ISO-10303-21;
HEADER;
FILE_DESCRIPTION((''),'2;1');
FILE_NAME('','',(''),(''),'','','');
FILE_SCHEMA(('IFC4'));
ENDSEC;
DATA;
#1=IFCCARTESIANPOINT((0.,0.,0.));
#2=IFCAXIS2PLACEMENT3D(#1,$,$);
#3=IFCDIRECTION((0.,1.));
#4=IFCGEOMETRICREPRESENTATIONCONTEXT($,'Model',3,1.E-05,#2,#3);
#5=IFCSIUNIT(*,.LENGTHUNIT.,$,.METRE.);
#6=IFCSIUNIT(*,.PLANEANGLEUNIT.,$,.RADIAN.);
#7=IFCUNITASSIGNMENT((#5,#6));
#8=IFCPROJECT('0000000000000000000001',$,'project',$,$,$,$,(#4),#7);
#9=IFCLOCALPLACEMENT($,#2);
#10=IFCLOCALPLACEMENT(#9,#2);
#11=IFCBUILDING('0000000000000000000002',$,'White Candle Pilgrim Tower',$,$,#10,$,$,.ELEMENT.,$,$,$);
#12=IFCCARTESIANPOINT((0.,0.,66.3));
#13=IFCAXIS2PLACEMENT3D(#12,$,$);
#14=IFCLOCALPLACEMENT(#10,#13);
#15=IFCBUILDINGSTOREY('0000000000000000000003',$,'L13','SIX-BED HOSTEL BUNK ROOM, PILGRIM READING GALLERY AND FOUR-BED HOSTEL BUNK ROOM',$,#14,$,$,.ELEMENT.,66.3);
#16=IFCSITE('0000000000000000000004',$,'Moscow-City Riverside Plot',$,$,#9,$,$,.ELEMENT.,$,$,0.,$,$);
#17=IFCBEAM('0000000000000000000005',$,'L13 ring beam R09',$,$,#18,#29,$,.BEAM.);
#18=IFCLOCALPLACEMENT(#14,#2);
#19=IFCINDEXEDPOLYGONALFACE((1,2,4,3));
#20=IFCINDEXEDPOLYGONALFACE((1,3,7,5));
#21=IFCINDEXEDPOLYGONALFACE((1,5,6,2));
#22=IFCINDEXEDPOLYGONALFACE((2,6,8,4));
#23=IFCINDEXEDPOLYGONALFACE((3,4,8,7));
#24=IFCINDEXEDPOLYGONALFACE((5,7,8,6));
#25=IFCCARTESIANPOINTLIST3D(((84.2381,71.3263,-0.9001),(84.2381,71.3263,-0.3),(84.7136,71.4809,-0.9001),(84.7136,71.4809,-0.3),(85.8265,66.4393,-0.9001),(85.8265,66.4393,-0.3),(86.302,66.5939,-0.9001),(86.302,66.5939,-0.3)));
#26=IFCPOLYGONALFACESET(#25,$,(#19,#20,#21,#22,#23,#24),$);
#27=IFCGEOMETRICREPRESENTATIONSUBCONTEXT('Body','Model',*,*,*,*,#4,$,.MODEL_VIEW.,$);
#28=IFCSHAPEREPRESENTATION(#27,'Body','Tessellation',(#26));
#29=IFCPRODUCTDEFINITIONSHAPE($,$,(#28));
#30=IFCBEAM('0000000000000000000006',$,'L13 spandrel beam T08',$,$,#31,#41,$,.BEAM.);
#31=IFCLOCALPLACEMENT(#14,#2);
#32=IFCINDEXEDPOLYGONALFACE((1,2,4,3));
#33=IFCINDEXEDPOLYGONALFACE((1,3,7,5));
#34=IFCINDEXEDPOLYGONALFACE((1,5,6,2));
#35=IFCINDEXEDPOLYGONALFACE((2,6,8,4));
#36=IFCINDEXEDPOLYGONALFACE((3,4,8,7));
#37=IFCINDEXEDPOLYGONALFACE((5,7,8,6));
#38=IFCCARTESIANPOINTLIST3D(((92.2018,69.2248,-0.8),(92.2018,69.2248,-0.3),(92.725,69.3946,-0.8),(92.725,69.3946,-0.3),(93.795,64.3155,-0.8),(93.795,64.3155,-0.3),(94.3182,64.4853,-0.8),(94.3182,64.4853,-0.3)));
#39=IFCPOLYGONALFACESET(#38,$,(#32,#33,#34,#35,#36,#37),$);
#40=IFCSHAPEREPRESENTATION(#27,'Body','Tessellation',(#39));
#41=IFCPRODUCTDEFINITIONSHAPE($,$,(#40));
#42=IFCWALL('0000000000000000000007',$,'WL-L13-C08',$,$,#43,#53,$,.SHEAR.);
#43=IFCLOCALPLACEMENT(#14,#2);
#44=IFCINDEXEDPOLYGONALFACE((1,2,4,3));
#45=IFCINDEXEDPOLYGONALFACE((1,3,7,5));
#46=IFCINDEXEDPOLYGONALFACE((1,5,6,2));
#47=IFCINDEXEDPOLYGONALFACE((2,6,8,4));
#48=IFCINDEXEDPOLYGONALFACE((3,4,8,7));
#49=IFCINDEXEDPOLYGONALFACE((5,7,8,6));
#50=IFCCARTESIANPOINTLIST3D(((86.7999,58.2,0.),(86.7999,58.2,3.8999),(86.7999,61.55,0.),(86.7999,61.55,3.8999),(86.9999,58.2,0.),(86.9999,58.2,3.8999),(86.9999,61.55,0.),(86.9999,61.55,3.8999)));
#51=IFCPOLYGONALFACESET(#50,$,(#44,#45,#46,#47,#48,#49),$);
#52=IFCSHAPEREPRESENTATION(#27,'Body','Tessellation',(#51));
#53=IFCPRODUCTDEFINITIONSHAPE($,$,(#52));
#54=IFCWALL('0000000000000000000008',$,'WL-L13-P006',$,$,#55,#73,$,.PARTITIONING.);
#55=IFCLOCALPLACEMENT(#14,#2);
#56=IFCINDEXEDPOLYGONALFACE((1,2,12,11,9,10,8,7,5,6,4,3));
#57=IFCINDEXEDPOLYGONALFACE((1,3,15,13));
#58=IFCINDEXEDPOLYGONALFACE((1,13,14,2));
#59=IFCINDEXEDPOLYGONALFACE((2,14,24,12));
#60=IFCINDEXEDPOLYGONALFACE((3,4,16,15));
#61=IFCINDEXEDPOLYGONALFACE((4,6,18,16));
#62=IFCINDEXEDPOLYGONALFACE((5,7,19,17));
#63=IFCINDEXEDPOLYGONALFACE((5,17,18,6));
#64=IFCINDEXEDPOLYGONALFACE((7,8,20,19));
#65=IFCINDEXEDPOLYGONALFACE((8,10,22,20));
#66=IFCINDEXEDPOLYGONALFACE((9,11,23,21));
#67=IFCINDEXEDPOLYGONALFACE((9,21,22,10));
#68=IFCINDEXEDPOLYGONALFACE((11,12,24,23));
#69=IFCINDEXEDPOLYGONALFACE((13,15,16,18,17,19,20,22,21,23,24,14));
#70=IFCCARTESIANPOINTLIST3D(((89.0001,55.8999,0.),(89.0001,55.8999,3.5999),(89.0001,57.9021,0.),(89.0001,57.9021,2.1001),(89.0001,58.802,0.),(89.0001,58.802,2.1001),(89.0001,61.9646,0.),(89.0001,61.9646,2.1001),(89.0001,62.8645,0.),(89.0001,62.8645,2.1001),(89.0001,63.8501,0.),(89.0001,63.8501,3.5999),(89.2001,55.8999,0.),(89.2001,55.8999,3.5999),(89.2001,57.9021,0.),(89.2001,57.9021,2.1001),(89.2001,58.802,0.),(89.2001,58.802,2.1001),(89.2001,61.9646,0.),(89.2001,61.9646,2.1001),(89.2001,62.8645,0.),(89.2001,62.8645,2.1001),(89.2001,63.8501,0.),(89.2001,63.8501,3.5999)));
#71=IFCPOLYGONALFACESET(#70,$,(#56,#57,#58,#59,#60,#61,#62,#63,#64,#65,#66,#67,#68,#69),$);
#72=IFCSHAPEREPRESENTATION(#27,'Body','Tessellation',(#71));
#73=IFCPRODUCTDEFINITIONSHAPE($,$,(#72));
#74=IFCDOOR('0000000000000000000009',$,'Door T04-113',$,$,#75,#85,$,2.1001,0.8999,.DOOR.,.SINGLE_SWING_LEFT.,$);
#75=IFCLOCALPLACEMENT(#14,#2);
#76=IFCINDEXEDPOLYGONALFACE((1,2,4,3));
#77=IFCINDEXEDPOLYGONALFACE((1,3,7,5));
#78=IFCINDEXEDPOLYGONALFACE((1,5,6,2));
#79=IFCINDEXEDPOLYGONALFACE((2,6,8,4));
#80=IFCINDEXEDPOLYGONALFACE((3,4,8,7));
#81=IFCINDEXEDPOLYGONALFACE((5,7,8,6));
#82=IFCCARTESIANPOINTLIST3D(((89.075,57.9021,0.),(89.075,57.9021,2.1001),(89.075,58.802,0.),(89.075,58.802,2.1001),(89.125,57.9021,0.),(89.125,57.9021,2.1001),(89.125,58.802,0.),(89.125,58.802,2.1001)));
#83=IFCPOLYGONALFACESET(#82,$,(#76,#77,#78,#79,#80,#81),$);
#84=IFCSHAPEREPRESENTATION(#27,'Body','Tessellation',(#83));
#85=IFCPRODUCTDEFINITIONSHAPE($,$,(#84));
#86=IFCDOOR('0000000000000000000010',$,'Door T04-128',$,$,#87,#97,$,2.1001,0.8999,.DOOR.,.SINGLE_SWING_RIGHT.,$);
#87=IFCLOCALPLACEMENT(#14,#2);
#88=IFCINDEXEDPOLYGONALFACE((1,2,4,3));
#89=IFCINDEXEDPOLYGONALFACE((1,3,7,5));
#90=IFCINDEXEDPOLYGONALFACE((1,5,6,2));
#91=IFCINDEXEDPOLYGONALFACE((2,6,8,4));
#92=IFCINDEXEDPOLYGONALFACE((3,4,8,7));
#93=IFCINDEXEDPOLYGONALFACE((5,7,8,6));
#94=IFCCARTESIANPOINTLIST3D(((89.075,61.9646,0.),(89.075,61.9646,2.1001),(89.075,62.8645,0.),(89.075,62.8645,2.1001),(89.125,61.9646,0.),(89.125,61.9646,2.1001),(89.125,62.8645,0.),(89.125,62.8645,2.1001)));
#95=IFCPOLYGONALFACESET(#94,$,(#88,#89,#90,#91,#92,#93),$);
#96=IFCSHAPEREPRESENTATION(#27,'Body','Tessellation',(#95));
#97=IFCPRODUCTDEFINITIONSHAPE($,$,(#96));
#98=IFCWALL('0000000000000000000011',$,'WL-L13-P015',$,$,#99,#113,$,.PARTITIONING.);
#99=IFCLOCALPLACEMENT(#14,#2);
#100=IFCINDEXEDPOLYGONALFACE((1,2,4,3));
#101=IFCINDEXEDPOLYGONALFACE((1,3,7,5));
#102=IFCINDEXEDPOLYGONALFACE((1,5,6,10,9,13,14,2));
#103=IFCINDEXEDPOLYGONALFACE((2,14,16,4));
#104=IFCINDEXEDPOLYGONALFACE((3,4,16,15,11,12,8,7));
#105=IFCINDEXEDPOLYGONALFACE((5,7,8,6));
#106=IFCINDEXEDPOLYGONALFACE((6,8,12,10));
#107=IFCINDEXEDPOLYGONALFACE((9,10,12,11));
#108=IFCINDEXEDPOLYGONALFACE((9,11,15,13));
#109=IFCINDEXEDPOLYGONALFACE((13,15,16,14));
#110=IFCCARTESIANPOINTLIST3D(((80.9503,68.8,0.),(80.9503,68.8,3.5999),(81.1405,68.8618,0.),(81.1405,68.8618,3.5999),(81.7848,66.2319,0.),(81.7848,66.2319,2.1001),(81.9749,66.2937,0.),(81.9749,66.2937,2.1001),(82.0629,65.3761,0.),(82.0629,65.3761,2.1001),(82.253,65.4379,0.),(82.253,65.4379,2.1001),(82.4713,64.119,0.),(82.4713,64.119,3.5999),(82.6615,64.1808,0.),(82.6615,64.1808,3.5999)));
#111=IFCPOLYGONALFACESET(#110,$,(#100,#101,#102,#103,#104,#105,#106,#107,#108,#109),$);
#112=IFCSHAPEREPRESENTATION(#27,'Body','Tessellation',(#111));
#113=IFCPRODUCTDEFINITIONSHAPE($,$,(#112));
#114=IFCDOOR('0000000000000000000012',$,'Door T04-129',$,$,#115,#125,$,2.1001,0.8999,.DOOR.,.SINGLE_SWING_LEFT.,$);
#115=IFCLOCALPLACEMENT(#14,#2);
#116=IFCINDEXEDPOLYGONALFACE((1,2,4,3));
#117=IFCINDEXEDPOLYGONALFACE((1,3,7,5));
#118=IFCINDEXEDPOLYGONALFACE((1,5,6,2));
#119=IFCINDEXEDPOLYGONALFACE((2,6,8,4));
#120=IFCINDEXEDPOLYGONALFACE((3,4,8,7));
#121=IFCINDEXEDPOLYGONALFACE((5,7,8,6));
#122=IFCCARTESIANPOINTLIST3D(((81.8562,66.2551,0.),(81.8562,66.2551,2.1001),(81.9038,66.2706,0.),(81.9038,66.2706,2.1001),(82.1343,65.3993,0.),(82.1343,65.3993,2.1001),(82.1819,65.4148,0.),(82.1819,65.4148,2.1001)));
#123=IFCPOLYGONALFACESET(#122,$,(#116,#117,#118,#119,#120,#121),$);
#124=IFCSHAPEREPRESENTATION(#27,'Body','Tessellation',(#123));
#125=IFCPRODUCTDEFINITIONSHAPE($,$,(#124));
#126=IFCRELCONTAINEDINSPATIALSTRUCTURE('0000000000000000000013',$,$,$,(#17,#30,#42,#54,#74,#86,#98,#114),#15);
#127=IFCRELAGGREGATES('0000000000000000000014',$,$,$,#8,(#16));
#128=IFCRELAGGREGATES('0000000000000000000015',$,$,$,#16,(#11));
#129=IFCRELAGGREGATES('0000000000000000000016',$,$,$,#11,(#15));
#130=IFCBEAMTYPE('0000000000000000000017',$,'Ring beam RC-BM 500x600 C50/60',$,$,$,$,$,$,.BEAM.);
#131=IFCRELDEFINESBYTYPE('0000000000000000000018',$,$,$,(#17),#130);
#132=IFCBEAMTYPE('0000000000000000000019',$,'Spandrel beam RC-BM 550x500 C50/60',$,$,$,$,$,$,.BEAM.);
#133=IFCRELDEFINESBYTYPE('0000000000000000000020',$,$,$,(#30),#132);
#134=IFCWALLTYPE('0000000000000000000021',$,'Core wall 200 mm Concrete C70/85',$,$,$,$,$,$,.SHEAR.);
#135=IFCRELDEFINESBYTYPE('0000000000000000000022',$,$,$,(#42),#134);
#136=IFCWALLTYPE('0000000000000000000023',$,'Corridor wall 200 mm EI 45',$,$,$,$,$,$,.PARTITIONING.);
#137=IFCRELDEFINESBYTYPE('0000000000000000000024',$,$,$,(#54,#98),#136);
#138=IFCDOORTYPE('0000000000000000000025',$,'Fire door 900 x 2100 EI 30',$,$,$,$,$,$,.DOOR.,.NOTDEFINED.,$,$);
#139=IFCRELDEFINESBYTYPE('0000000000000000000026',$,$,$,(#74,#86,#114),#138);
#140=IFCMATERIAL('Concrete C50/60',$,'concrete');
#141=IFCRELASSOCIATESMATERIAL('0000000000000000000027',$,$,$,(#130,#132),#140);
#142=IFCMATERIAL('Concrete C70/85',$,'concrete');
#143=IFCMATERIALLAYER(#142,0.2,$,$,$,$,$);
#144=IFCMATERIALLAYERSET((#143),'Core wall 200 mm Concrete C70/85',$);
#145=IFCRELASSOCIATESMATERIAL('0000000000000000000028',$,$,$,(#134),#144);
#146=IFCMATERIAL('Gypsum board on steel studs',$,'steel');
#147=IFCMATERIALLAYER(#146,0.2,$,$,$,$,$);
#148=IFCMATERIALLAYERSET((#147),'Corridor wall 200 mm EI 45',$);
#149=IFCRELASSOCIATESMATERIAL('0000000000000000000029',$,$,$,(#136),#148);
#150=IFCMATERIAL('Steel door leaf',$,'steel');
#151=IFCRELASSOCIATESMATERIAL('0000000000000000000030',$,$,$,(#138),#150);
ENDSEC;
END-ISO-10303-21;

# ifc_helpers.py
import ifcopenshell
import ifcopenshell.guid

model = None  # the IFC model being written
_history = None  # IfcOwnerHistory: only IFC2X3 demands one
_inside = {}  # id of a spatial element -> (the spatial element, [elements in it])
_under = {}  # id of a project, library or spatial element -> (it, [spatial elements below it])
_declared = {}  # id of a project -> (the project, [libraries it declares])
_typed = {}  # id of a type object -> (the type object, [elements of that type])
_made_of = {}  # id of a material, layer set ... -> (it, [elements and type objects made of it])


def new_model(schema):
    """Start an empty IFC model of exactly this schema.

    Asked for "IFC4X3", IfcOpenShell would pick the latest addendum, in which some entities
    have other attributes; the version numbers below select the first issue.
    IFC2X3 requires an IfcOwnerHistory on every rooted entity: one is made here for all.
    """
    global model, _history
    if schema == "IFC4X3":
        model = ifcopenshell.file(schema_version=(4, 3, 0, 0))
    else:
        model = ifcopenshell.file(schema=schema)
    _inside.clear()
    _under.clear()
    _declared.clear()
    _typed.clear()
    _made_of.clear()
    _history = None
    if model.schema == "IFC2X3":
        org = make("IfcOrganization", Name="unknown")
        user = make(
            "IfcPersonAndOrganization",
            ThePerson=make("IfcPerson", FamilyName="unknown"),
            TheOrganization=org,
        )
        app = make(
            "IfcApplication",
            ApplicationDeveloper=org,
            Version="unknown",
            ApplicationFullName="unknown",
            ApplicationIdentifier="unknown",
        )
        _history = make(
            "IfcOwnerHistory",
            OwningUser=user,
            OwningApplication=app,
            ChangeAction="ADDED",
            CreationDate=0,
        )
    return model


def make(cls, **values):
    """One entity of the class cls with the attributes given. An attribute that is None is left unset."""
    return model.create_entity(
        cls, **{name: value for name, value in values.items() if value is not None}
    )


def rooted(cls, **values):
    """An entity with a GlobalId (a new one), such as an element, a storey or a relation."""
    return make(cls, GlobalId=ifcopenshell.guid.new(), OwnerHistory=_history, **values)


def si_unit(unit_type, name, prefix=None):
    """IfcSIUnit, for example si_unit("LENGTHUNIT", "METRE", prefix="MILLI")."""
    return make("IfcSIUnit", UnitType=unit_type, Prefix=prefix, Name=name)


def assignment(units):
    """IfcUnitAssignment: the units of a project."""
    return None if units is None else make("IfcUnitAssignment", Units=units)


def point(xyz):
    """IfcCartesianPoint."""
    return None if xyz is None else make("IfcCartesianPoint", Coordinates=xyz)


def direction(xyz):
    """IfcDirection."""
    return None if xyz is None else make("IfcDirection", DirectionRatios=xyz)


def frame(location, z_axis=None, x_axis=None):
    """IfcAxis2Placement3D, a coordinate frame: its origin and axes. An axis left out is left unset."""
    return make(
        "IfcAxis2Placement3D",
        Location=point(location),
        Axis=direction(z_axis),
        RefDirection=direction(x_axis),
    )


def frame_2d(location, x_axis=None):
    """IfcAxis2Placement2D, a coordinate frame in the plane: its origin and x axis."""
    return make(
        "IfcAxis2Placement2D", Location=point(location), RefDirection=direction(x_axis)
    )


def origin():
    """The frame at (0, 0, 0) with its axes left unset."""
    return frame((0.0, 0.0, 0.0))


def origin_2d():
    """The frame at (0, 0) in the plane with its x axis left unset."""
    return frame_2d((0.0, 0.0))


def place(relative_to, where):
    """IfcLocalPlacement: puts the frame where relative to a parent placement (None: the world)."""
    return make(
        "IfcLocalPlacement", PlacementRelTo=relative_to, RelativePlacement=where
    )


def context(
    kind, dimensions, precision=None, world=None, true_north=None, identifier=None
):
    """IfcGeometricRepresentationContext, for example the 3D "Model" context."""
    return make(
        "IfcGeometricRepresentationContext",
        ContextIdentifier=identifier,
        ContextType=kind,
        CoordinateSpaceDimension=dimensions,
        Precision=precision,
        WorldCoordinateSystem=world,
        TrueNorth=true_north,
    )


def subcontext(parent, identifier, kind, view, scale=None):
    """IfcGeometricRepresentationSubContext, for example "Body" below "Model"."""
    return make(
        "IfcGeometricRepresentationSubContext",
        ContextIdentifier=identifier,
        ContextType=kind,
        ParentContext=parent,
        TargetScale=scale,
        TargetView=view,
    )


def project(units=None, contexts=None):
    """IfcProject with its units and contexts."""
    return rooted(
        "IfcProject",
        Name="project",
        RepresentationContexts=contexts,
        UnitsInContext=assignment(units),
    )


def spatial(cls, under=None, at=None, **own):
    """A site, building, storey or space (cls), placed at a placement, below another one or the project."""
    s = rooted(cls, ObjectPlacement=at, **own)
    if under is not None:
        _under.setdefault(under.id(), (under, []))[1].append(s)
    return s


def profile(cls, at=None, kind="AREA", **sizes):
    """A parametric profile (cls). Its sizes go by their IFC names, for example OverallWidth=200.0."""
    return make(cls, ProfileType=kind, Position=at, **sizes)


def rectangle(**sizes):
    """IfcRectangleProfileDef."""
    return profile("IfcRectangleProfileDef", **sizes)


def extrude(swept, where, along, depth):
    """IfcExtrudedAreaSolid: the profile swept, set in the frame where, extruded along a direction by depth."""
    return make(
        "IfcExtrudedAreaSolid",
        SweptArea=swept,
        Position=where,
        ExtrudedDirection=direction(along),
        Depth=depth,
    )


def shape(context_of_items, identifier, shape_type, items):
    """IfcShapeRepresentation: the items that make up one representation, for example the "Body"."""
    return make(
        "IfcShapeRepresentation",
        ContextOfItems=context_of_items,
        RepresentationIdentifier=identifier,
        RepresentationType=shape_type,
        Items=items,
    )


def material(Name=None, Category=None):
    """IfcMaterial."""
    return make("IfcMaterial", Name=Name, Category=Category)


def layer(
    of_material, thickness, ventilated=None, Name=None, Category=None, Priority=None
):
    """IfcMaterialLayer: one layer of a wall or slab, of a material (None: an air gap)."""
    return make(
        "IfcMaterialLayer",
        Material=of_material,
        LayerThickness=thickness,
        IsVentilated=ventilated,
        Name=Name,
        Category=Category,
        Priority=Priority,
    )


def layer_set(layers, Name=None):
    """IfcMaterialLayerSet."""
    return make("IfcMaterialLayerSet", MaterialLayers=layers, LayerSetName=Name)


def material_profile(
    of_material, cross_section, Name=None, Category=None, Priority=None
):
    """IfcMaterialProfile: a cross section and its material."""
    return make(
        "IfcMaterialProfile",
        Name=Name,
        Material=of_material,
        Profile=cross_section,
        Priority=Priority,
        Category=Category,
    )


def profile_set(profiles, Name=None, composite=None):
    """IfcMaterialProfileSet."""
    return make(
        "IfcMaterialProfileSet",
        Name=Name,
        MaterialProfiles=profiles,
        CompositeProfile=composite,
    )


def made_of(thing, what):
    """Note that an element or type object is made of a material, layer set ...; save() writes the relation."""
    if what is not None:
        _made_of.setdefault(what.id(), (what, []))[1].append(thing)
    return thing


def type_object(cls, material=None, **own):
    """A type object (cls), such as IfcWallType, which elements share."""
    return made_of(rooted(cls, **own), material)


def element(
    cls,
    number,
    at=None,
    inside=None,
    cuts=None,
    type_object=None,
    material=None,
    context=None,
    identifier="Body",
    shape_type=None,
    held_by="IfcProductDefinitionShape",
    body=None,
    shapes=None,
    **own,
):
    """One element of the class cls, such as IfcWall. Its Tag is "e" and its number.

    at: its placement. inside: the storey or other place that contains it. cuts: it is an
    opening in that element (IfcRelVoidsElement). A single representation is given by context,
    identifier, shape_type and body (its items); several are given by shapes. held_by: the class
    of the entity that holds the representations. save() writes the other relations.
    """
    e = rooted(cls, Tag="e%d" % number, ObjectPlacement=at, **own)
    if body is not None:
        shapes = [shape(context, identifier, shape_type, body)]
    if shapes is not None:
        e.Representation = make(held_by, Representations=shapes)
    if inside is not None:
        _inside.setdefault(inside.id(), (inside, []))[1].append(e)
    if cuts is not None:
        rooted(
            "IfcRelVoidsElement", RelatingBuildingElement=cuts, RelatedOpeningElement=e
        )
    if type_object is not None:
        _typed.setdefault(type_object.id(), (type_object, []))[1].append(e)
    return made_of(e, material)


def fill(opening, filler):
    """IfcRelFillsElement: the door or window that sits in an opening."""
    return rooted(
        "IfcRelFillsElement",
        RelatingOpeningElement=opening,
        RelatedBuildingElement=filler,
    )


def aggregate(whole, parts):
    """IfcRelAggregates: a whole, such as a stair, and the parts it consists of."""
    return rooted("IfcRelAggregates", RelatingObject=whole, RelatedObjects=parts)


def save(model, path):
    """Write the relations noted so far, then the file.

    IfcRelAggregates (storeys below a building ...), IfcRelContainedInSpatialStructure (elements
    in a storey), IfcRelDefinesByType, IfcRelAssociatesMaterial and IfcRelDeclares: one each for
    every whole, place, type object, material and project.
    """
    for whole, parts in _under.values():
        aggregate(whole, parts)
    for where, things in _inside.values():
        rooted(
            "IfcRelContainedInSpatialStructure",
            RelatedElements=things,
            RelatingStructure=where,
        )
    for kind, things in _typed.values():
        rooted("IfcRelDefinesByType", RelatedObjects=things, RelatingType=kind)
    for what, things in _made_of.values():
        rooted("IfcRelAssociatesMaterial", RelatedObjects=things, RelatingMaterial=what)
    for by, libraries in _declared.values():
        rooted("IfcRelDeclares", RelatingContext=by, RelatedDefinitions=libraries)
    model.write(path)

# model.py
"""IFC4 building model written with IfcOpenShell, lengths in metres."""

from ifc_helpers import new_model, si_unit, direction, frame, frame_2d, origin, origin_2d, place, context, subcontext, project, spatial, rectangle, extrude, material, layer, layer_set, material_profile, profile_set, type_object, element, fill, save


model = new_model("IFC4")

# Units and contexts
model_context = context("Model", 3, precision=1e-05, world=origin(), true_north=direction((0.0, 1.0)))
body_context = subcontext(model_context, "Body", "Model", "MODEL_VIEW")
ifc_project = project(units=[si_unit("LENGTHUNIT", "METRE"), si_unit("PLANEANGLEUNIT", "RADIAN")], contexts=[model_context])

# Site, building, storey
site_placement = place(None, origin())
site = spatial("IfcSite", under=ifc_project, at=site_placement, Name="Moscow-City Riverside Plot", CompositionType="ELEMENT", RefElevation=0.0)
building_placement = place(site_placement, origin())
building = spatial("IfcBuilding", under=site, at=building_placement, Name="White Candle Pilgrim Tower", CompositionType="ELEMENT")
storey_placement = place(building_placement, frame((0.0, 0.0, 66.3)))
storey = spatial("IfcBuildingStorey", under=building, at=storey_placement, Name="L13", Description="SIX-BED HOSTEL BUNK ROOM, PILGRIM READING GALLERY AND FOUR-BED HOSTEL BUNK ROOM", CompositionType="ELEMENT", Elevation=66.3)

# Beams
ifc_material_1 = material(Name="Concrete C50/60", Category="concrete")
ifc_material_profile_1 = material_profile(ifc_material_1, rectangle(XDim=0.5, YDim=0.6001, at=origin_2d()), Name="RC-BM 500x600")
ifc_profile_set_1 = profile_set([ifc_material_profile_1], Name="Concrete C50/60")
beam_type_1 = type_object("IfcBeamType", Name="Ring beam RC-BM 500x600 C50/60", PredefinedType="BEAM", material=ifc_profile_set_1)
beam_1_placement = place(storey_placement, frame((86.0642, 66.5166, -0.6001), z_axis=(-0.309106, 0.951027, 0.0), x_axis=(-0.951027, -0.309106, 0.0)))
element("IfcBeam", 1, at=beam_1_placement, inside=storey, type_object=beam_type_1, Name="L13 ring beam R09", PredefinedType="BEAM", context=body_context, shape_type="SweptSolid", body=[
    extrude(rectangle(XDim=0.5, YDim=0.6001, at=origin_2d()), origin(), (0.0, 0.0, 1.0), 5.1387),
])
ifc_material_profile_2 = material_profile(ifc_material_1, rectangle(XDim=0.55, YDim=0.5, at=origin_2d()), Name="RC-BM 550x500")
ifc_profile_set_2 = profile_set([ifc_material_profile_2], Name="Concrete C50/60")
beam_type_2 = type_object("IfcBeamType", Name="Spandrel beam RC-BM 550x500 C50/60", PredefinedType="BEAM", material=ifc_profile_set_2)
beam_2_placement = place(storey_placement, frame((94.0566, 64.4004, -0.55), z_axis=(-0.308683, 0.951165, 0.0), x_axis=(-0.951165, -0.308683, 0.0)))
element("IfcBeam", 2, at=beam_2_placement, inside=storey, type_object=beam_type_2, Name="L13 spandrel beam T08", PredefinedType="BEAM", context=body_context, shape_type="SweptSolid", body=[
    extrude(rectangle(XDim=0.55, YDim=0.5, at=origin_2d()), origin(), (0.0, 0.0, 1.0), 5.1614),
])

# Wall
ifc_material_2 = material(Name="Concrete C70/85", Category="concrete")
ifc_layer_1 = layer(ifc_material_2, 0.2)
ifc_layer_set_1 = layer_set([ifc_layer_1], Name="Core wall 200 mm Concrete C70/85")
wall_type_1 = type_object("IfcWallType", Name="Core wall 200 mm Concrete C70/85", PredefinedType="SHEAR", material=ifc_layer_set_1)
wall_1_placement = place(storey_placement, frame((86.8999, 58.2, 0.0), z_axis=(0.0, 0.0, 1.0), x_axis=(0.0, 1.0, 0.0)))
element("IfcWall", 3, at=wall_1_placement, inside=storey, type_object=wall_type_1, Name="WL-L13-C08", PredefinedType="SHEAR", context=body_context, shape_type="SweptSolid", body=[
    extrude(rectangle(XDim=3.3501, YDim=0.2, at=frame_2d((1.675, 0.0))), origin(), (0.0, 0.0, 1.0), 3.8999),
])

# Wall, openings, doors
ifc_material_3 = material(Name="Gypsum board on steel studs", Category="steel")
ifc_layer_2 = layer(ifc_material_3, 0.2)
ifc_layer_set_2 = layer_set([ifc_layer_2], Name="Corridor wall 200 mm EI 45")
wall_type_2 = type_object("IfcWallType", Name="Corridor wall 200 mm EI 45", PredefinedType="PARTITIONING", material=ifc_layer_set_2)
wall_2_placement = place(storey_placement, frame((89.1001, 63.8501, 0.0), z_axis=(0.0, 0.0, 1.0), x_axis=(0.0, -1.0, 0.0)))
wall_2 = element("IfcWall", 4, at=wall_2_placement, inside=storey, type_object=wall_type_2, Name="WL-L13-P006", PredefinedType="PARTITIONING", context=body_context, shape_type="SweptSolid", body=[
    extrude(rectangle(XDim=7.9502, YDim=0.2, at=frame_2d((3.9751, 0.0))), origin(), (0.0, 0.0, 1.0), 3.5999),
])
opening_1_placement = place(wall_2_placement, frame((5.0481, 0.0, 0.0)))
opening_1 = element("IfcOpeningElement", 5, at=opening_1_placement, cuts=wall_2, PredefinedType="OPENING", context=body_context, shape_type="SweptSolid", body=[
    extrude(rectangle(XDim=0.8999, YDim=2.1001, at=frame_2d((0.45, 1.05))), frame((0.0, 0.1099, 0.0), z_axis=(0.0, -1.0, 0.0), x_axis=(1.0, 0.0, 0.0)), (0.0, 0.0, 1.0), 0.22),
])
opening_2_placement = place(wall_2_placement, frame((0.9856, 0.0, 0.0)))
opening_2 = element("IfcOpeningElement", 6, at=opening_2_placement, cuts=wall_2, PredefinedType="OPENING", context=body_context, shape_type="SweptSolid", body=[
    extrude(rectangle(XDim=0.8999, YDim=2.1001, at=frame_2d((0.45, 1.05))), frame((0.0, 0.1099, 0.0), z_axis=(0.0, -1.0, 0.0), x_axis=(1.0, 0.0, 0.0)), (0.0, 0.0, 1.0), 0.22),
])
ifc_material_4 = material(Name="Steel door leaf", Category="steel")
door_type_1 = type_object("IfcDoorType", Name="Fire door 900 x 2100 EI 30", OperationType="NOTDEFINED", PredefinedType="DOOR", material=ifc_material_4)
door_1_placement = place(opening_1_placement, origin())
door_1 = element("IfcDoor", 7, at=door_1_placement, inside=storey, type_object=door_type_1, Name="Door T04-113", OperationType="SINGLE_SWING_LEFT", OverallHeight=2.1001, OverallWidth=0.8999, PredefinedType="DOOR", context=body_context, shape_type="SweptSolid", body=[
    extrude(rectangle(XDim=0.8999, YDim=2.1001, at=frame_2d((0.45, 1.05))), frame((0.0, 0.0249, 0.0), z_axis=(0.0, -1.0, 0.0), x_axis=(1.0, 0.0, 0.0)), (0.0, 0.0, 1.0), 0.05),
])
fill(opening_1, door_1)
door_2_placement = place(opening_2_placement, origin())
door_2 = element("IfcDoor", 8, at=door_2_placement, inside=storey, type_object=door_type_1, Name="Door T04-128", OperationType="SINGLE_SWING_RIGHT", OverallHeight=2.1001, OverallWidth=0.8999, PredefinedType="DOOR", context=body_context, shape_type="SweptSolid", body=[
    extrude(rectangle(XDim=0.8999, YDim=2.1001, at=frame_2d((0.45, 1.05))), frame((0.0, 0.0249, 0.0), z_axis=(0.0, -1.0, 0.0), x_axis=(1.0, 0.0, 0.0)), (0.0, 0.0, 1.0), 0.05),
])
fill(opening_2, door_2)

# Wall, opening, door
wall_3_placement = place(storey_placement, frame((82.5664, 64.1499, 0.0), z_axis=(0.0, 0.0, 1.0), x_axis=(-0.309031, 0.951052, 0.0)))
wall_3 = element("IfcWall", 9, at=wall_3_placement, inside=storey, type_object=wall_type_2, Name="WL-L13-P015", PredefinedType="PARTITIONING", context=body_context, shape_type="SweptSolid", body=[
    extrude(rectangle(XDim=4.9219, YDim=0.2, at=frame_2d((2.4609, 0.0))), origin(), (0.0, 0.0, 1.0), 3.5999),
])
opening_3_placement = place(wall_3_placement, frame((1.3218, 0.0, 0.0)))
opening_3 = element("IfcOpeningElement", 10, at=opening_3_placement, cuts=wall_3, PredefinedType="OPENING", context=body_context, shape_type="SweptSolid", body=[
    extrude(rectangle(XDim=0.8999, YDim=2.1001, at=frame_2d((0.45, 1.05))), frame((0.0, 0.1099, 0.0), z_axis=(0.0, -1.0, 0.0), x_axis=(1.0, 0.0, 0.0)), (0.0, 0.0, 1.0), 0.22),
])
door_3_placement = place(opening_3_placement, origin())
door_3 = element("IfcDoor", 11, at=door_3_placement, inside=storey, type_object=door_type_1, Name="Door T04-129", OperationType="SINGLE_SWING_LEFT", OverallHeight=2.1001, OverallWidth=0.8999, PredefinedType="DOOR", context=body_context, shape_type="SweptSolid", body=[
    extrude(rectangle(XDim=0.8999, YDim=2.1001, at=frame_2d((0.45, 1.05))), frame((0.0, 0.0249, 0.0), z_axis=(0.0, -1.0, 0.0), x_axis=(1.0, 0.0, 0.0)), (0.0, 0.0, 1.0), 0.05),
])
fill(opening_3, door_3)

save(model, "model.ifc")
